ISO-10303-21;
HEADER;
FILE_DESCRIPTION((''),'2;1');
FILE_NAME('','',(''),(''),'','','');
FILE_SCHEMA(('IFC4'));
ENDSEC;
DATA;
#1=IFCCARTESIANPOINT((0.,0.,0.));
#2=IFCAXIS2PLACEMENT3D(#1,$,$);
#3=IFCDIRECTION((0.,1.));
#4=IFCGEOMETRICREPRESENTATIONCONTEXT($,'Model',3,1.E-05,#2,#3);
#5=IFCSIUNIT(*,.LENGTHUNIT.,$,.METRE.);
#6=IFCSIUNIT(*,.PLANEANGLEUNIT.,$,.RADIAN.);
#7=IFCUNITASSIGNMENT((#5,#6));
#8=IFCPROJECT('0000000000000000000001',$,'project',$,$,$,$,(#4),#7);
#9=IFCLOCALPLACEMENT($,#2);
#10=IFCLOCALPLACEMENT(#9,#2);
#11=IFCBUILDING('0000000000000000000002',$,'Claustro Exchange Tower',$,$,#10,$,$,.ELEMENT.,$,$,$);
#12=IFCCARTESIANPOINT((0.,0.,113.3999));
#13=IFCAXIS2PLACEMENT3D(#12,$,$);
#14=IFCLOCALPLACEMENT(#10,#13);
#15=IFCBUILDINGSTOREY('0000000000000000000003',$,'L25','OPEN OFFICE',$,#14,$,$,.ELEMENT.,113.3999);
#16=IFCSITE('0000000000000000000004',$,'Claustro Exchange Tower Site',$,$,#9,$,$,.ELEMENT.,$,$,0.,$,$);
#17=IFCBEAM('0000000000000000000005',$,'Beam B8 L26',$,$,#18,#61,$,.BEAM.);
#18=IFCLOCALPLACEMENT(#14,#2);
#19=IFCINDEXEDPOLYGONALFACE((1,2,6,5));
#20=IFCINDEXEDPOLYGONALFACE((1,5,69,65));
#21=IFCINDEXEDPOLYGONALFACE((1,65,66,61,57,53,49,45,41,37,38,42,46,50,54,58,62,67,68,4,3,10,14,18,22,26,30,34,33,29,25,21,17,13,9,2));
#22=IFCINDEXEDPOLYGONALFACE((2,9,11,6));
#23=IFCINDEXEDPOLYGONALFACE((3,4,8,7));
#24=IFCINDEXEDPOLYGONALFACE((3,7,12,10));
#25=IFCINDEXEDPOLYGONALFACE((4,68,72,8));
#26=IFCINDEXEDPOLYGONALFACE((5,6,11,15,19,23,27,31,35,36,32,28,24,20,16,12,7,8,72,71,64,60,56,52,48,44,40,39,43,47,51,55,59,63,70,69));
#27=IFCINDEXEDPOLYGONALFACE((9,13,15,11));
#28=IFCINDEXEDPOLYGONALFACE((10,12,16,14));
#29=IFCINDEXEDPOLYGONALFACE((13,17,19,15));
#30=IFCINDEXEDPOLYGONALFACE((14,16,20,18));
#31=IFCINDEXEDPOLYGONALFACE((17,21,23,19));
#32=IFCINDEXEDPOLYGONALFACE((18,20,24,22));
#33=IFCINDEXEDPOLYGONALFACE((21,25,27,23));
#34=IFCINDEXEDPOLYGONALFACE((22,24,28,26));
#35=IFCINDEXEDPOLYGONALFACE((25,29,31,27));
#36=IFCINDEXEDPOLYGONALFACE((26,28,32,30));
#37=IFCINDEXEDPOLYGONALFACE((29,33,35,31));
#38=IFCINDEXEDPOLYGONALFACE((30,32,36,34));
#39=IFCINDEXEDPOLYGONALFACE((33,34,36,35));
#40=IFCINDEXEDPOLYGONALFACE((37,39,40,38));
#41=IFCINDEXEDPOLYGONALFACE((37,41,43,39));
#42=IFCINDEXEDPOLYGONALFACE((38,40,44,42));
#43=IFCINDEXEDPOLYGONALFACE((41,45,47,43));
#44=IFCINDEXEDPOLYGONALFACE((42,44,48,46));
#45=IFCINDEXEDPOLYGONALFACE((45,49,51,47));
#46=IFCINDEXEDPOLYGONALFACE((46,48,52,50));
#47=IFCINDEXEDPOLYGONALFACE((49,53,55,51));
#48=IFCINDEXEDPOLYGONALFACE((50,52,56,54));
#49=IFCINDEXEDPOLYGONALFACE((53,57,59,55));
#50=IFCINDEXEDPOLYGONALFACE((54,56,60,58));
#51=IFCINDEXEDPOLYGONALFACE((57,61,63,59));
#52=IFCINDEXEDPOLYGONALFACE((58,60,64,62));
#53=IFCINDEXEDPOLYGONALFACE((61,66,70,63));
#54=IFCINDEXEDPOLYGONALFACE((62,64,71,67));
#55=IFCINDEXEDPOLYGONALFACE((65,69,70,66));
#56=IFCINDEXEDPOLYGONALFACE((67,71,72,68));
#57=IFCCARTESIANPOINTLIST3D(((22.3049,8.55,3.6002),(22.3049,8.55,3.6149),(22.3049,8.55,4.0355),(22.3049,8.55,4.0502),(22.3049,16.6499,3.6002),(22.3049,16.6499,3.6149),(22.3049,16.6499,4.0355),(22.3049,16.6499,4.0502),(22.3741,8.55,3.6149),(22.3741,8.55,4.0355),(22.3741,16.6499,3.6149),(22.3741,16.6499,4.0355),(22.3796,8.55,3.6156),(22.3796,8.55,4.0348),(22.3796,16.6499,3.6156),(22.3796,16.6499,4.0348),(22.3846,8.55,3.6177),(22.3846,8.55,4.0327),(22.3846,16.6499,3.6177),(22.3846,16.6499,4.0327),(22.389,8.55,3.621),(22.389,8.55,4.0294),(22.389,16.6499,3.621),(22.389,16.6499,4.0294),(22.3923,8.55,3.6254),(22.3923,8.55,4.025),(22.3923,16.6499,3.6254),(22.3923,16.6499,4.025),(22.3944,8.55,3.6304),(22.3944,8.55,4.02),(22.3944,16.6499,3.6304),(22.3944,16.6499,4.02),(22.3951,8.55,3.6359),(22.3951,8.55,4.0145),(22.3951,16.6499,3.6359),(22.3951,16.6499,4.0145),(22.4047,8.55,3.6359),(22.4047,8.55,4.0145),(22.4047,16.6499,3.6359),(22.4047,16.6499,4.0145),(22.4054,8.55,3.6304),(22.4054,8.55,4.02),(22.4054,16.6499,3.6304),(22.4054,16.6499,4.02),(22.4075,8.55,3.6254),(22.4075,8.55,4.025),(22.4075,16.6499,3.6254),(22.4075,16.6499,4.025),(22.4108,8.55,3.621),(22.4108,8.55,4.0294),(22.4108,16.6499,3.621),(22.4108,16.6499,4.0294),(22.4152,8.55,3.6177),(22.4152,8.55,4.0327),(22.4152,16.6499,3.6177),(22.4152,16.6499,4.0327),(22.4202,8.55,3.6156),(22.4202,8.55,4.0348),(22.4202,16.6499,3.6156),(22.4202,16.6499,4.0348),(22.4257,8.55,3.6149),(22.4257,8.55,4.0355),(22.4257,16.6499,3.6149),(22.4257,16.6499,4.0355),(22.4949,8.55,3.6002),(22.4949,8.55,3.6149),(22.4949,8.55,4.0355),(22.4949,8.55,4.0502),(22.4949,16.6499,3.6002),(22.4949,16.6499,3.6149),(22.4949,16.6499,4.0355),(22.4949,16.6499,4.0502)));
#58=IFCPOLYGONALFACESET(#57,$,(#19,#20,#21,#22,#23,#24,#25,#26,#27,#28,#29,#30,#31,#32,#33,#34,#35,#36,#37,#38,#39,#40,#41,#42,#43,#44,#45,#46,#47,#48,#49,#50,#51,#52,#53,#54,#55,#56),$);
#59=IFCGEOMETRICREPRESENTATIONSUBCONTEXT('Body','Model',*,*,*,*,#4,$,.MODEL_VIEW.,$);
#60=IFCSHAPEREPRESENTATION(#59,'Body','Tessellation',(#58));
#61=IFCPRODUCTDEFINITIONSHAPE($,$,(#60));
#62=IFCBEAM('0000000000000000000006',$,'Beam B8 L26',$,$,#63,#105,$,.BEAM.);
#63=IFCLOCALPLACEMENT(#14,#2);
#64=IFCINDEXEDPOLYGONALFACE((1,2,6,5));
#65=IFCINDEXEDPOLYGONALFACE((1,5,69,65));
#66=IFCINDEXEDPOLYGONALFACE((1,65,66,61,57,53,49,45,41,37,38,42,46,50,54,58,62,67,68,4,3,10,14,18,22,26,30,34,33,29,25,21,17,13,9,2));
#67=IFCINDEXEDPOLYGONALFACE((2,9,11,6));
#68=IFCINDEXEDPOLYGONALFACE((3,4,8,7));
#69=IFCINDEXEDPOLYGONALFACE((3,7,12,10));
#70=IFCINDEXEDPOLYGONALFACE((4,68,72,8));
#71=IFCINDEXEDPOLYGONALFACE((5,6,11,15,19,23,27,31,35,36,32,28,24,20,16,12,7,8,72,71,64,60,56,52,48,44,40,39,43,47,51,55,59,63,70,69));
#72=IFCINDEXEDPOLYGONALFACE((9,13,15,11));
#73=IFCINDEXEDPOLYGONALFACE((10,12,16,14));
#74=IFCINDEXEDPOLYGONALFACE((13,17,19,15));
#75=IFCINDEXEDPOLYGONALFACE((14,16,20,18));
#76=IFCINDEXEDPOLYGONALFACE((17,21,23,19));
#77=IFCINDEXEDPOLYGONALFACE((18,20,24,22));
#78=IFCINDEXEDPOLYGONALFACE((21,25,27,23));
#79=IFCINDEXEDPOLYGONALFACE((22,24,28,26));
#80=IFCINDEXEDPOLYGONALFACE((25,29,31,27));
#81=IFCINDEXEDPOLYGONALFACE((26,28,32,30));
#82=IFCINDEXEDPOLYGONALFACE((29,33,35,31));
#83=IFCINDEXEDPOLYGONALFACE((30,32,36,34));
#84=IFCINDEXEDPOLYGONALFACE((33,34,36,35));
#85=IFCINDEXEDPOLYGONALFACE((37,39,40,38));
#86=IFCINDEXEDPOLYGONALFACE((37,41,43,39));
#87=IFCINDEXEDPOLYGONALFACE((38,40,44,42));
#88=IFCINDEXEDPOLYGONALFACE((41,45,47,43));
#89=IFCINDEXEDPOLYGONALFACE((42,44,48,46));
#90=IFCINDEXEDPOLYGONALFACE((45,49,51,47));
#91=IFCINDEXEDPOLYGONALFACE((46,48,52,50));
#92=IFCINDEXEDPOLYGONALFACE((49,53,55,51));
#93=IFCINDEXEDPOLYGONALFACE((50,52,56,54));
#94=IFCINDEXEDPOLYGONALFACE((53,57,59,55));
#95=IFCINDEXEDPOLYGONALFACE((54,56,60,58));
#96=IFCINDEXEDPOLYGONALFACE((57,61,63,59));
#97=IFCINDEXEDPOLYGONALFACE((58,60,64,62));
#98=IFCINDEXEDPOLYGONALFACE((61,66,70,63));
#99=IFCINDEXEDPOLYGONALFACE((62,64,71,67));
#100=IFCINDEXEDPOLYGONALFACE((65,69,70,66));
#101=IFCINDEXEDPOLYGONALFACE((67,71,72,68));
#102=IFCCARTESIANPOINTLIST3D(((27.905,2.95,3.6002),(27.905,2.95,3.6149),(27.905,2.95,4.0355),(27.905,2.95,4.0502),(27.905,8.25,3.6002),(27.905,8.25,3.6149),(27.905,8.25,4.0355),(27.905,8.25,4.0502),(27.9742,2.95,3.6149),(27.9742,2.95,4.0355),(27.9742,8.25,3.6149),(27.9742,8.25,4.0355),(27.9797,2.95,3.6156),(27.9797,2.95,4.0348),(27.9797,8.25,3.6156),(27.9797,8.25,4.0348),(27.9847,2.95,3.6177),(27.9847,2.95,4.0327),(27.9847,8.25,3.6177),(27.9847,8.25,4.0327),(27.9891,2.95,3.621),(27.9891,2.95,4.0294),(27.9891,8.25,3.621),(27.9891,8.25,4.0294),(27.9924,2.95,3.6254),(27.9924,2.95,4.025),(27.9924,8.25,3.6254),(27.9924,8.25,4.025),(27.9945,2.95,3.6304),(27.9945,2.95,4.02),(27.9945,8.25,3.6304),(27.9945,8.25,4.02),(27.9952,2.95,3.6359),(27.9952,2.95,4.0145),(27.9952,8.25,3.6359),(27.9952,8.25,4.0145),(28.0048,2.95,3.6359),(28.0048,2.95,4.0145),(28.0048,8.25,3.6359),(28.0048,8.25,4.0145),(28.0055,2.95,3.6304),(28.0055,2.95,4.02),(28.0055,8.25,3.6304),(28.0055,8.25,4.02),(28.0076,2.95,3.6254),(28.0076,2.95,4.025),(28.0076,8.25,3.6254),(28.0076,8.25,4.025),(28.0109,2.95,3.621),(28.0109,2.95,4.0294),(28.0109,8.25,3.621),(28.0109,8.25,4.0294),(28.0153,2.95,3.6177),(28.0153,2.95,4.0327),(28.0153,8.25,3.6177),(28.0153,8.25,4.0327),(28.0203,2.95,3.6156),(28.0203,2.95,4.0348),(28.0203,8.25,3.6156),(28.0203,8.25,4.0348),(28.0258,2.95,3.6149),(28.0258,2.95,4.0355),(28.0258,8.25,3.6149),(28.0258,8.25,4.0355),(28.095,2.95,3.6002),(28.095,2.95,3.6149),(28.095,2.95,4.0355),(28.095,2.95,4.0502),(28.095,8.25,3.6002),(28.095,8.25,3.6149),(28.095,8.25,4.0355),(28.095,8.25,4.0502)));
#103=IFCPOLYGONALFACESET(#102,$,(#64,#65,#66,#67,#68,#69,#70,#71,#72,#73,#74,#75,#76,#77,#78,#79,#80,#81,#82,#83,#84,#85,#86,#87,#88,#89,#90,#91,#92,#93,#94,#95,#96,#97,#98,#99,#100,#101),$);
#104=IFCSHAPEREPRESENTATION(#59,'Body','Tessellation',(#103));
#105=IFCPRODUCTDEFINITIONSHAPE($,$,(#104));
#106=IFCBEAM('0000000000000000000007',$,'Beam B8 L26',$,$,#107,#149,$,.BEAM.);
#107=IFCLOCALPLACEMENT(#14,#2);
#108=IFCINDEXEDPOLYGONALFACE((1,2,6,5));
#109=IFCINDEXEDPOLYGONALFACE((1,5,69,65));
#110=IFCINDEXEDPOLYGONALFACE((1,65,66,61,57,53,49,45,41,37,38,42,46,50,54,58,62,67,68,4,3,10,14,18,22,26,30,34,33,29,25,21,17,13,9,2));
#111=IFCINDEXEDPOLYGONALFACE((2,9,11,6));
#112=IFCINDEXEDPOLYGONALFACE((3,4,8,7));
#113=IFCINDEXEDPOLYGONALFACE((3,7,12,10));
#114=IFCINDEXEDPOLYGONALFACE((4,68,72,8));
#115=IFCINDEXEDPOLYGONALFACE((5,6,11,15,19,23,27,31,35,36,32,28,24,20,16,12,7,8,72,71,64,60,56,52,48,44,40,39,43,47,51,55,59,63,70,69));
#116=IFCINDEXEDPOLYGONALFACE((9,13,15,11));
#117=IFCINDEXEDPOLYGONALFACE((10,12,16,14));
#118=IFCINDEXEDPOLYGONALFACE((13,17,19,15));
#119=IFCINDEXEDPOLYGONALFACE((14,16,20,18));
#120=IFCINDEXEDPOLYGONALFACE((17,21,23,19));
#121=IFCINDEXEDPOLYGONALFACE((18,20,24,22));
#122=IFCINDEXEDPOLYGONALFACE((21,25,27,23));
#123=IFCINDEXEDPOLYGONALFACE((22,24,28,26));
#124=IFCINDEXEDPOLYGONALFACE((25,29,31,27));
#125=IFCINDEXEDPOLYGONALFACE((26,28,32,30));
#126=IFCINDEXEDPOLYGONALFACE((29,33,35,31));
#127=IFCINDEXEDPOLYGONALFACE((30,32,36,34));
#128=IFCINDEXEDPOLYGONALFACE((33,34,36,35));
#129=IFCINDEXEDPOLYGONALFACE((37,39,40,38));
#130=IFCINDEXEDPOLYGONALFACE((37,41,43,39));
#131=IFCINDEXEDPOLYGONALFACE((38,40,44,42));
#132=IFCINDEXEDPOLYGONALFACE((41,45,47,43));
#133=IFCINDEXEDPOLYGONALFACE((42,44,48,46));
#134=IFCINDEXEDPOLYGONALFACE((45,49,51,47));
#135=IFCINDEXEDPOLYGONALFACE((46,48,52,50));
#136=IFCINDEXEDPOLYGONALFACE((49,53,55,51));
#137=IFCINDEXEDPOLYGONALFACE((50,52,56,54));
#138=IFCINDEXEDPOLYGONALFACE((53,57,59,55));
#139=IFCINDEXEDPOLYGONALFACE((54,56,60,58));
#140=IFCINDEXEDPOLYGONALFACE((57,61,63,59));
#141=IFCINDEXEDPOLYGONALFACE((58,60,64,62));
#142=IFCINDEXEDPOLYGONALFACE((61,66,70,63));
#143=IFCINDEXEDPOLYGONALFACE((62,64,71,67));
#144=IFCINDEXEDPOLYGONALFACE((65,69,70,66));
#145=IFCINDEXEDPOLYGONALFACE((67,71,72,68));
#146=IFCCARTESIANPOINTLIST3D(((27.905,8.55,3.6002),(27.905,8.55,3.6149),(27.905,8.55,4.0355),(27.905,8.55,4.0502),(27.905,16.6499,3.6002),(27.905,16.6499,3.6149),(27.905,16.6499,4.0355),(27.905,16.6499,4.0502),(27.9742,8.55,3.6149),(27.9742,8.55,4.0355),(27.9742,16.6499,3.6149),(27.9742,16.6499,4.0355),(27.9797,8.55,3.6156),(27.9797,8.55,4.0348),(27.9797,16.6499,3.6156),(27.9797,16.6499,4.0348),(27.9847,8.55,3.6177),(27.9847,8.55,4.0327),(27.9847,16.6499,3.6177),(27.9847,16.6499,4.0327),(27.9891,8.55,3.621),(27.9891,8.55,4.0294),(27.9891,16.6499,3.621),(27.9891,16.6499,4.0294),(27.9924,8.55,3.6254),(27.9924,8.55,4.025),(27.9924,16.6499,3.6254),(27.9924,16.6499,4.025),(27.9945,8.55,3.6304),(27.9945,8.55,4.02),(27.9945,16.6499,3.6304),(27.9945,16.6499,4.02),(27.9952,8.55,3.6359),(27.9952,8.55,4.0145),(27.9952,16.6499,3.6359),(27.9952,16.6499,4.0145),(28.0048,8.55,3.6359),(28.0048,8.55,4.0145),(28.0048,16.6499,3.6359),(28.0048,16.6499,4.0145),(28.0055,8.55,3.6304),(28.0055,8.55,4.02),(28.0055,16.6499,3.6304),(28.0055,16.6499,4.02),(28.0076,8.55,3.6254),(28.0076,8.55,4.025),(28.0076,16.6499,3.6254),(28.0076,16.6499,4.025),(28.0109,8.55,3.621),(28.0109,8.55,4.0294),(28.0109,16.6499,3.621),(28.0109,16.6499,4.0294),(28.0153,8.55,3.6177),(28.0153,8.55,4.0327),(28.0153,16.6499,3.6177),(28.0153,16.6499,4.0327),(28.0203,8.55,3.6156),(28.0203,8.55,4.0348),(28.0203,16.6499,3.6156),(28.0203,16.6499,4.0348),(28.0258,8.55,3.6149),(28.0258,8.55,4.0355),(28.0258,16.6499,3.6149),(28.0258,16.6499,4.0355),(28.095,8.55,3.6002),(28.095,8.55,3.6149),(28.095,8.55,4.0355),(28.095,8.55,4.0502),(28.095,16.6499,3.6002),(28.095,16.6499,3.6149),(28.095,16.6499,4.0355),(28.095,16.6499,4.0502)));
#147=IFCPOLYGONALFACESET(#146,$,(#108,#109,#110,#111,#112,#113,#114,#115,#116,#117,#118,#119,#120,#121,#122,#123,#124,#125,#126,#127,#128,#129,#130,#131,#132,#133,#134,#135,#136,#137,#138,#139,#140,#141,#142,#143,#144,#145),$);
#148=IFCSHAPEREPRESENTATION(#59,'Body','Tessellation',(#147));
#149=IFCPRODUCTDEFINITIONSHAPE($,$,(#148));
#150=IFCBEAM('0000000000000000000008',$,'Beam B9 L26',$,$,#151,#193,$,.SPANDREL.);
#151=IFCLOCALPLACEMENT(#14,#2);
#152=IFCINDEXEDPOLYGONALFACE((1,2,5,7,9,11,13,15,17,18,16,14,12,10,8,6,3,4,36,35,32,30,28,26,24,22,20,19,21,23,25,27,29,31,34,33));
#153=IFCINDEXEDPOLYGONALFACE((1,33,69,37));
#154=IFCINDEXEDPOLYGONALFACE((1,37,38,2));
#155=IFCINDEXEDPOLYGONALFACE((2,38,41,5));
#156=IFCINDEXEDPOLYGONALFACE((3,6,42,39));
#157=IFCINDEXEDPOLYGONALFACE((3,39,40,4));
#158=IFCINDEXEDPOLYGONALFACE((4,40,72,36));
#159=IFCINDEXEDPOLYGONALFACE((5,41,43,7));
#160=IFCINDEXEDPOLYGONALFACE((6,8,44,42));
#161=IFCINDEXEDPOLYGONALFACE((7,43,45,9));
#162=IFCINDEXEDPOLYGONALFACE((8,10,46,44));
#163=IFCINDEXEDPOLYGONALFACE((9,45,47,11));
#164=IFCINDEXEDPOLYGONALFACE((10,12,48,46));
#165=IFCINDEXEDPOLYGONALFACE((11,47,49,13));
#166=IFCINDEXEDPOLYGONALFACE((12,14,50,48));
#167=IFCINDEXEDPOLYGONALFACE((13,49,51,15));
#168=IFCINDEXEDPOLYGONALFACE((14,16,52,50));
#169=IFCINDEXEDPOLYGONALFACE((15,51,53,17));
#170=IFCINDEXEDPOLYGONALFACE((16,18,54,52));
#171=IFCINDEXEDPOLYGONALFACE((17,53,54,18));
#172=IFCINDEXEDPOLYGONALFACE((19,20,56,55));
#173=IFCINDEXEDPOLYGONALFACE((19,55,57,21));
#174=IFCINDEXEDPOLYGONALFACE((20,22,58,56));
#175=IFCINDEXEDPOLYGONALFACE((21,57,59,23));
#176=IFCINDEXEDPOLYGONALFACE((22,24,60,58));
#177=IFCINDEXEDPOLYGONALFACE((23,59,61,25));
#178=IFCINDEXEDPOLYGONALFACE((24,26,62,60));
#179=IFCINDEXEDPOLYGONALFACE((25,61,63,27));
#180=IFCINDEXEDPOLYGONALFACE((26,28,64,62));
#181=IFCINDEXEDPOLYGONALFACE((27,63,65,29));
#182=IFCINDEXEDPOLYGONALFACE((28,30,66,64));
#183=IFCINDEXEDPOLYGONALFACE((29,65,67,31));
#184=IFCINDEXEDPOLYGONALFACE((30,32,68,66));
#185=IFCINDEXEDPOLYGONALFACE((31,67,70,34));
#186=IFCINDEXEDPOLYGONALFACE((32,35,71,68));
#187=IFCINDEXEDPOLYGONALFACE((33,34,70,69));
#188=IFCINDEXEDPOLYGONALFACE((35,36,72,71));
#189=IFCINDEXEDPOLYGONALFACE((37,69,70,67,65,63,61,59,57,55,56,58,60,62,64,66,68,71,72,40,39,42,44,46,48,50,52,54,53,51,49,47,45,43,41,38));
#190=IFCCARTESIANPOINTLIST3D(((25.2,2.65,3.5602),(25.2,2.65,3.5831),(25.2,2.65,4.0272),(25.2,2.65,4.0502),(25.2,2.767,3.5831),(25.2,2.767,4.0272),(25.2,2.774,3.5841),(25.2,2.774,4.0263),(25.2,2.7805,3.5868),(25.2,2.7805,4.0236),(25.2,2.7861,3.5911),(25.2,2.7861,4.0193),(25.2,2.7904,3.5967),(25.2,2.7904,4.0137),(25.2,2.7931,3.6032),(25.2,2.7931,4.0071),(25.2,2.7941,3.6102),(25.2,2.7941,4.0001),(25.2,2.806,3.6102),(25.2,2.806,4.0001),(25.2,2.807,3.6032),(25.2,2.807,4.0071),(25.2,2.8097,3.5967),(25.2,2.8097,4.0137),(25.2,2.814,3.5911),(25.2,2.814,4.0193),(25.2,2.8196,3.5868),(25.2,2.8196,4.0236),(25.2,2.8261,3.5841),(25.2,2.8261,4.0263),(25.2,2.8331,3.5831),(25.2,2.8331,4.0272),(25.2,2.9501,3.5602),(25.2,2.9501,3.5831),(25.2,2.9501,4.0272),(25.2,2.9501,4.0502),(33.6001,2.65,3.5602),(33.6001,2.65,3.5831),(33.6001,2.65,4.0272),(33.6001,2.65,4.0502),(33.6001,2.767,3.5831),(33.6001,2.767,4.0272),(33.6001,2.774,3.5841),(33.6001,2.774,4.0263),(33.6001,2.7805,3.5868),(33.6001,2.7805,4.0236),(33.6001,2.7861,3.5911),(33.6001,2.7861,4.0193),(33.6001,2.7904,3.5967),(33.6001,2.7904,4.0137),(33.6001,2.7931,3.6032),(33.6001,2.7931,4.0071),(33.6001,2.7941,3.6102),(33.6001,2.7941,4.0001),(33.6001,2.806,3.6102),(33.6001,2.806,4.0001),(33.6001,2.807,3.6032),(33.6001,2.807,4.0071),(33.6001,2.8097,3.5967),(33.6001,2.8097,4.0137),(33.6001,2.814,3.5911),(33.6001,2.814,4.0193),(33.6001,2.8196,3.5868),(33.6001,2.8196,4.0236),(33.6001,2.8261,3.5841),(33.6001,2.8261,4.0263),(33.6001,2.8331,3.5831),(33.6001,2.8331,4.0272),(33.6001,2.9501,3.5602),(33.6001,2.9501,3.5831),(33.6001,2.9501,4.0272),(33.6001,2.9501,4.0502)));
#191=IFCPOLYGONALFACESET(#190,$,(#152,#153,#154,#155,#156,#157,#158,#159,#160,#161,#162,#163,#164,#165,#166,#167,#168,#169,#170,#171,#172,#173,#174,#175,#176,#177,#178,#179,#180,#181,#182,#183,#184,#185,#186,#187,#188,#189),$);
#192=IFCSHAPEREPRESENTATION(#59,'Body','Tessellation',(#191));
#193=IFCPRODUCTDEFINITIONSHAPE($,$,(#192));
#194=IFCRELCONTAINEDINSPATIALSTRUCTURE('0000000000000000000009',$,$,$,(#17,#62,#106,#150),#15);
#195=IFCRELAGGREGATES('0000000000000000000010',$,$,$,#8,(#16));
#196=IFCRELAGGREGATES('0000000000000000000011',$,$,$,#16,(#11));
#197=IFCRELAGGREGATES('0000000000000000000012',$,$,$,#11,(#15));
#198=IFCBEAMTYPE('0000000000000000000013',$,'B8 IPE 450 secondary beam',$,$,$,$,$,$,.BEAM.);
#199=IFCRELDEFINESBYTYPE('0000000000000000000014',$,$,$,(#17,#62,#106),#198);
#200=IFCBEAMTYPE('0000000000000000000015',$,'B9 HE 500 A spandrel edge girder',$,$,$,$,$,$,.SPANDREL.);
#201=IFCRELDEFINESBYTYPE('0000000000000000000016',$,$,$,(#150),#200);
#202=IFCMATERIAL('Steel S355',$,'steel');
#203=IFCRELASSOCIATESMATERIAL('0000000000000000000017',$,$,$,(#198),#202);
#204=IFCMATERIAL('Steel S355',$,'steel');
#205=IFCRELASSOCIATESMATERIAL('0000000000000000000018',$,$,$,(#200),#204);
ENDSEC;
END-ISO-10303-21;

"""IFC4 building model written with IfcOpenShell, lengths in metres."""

from ifc_helpers import new_model, si_unit, direction, frame, origin, origin_2d, place, context, subcontext, project, spatial, i_section, extrude, material, material_profile, profile_set, type_object, element, save


model = new_model("IFC4")

# Units and contexts
model_context = context("Model", 3, precision=1e-05, world=origin(), true_north=direction((0.0, 1.0)))
body_context = subcontext(model_context, "Body", "Model", "MODEL_VIEW")
ifc_project = project(units=[si_unit("LENGTHUNIT", "METRE"), si_unit("PLANEANGLEUNIT", "RADIAN")], contexts=[model_context])

# Site, building, storey
site_placement = place(None, origin())
site = spatial("IfcSite", under=ifc_project, at=site_placement, Name="Claustro Exchange Tower Site", CompositionType="ELEMENT", RefElevation=0.0)
building_placement = place(site_placement, origin())
building = spatial("IfcBuilding", under=site, at=building_placement, Name="Claustro Exchange Tower", CompositionType="ELEMENT")
storey_placement = place(building_placement, frame((0.0, 0.0, 113.3999)))
storey = spatial("IfcBuildingStorey", under=building, at=storey_placement, Name="L25", Description="OPEN OFFICE", CompositionType="ELEMENT", Elevation=113.3999)

# Beams
ifc_material_1 = material(Name="Steel S355", Category="steel")
ifc_material_profile_1 = material_profile(ifc_material_1, i_section(OverallWidth=0.1899, OverallDepth=0.45, WebThickness=0.0095, FlangeThickness=0.0146, FilletRadius=0.021, at=origin_2d()), Name="IPE 450")
ifc_profile_set_1 = profile_set([ifc_material_profile_1], Name="Steel S355")
beam_type_1 = type_object("IfcBeamType", Name="B8 IPE 450 secondary beam", PredefinedType="BEAM", material=ifc_profile_set_1)
for number, where, z_axis, x_axis, name in (
    (1, (22.3999, 8.55, 3.8252), (0.0, 1.0, 0.0), (-1.0, 0.0, 0.0), "Beam B8 L26"),
):
    element("IfcBeam", number, at=place(storey_placement, frame(where, z_axis=z_axis, x_axis=x_axis)), inside=storey, type_object=beam_type_1, Name=name, PredefinedType="BEAM", context=body_context, shape_type="SweptSolid", body=[
        extrude(i_section(OverallWidth=0.1899, OverallDepth=0.45, WebThickness=0.0095, FlangeThickness=0.0146, FilletRadius=0.021, at=origin_2d()), origin(), (0.0, 0.0, 1.0), 8.0999),
    ])
beam_1_placement = place(storey_placement, frame((28.0, 2.95, 3.8252), z_axis=(0.0, 1.0, 0.0), x_axis=(-1.0, 0.0, 0.0)))
element("IfcBeam", 2, at=beam_1_placement, inside=storey, type_object=beam_type_1, Name="Beam B8 L26", PredefinedType="BEAM", context=body_context, shape_type="SweptSolid", body=[
    extrude(i_section(OverallWidth=0.1899, OverallDepth=0.45, WebThickness=0.0095, FlangeThickness=0.0146, FilletRadius=0.021, at=origin_2d()), origin(), (0.0, 0.0, 1.0), 5.3),
])
beam_2_placement = place(storey_placement, frame((28.0, 8.55, 3.8252), z_axis=(0.0, 1.0, 0.0), x_axis=(-1.0, 0.0, 0.0)))
element("IfcBeam", 3, at=beam_2_placement, inside=storey, type_object=beam_type_1, Name="Beam B8 L26", PredefinedType="BEAM", context=body_context, shape_type="SweptSolid", body=[
    extrude(i_section(OverallWidth=0.1899, OverallDepth=0.45, WebThickness=0.0095, FlangeThickness=0.0146, FilletRadius=0.021, at=origin_2d()), origin(), (0.0, 0.0, 1.0), 8.0999),
])
ifc_material_2 = material(Name="Steel S355", Category="steel")
ifc_material_profile_2 = material_profile(ifc_material_2, i_section(OverallWidth=0.3, OverallDepth=0.49, WebThickness=0.012, FlangeThickness=0.0229, FilletRadius=0.0271, at=origin_2d()), Name="HE 500 A")
ifc_profile_set_2 = profile_set([ifc_material_profile_2], Name="Steel S355")
beam_type_2 = type_object("IfcBeamType", Name="B9 HE 500 A spandrel edge girder", PredefinedType="SPANDREL", material=ifc_profile_set_2)
beam_3_placement = place(storey_placement, frame((25.2, 2.8, 3.8052), z_axis=(1.0, 0.0, 0.0), x_axis=(0.0, 1.0, 0.0)))
element("IfcBeam", 4, at=beam_3_placement, inside=storey, type_object=beam_type_2, Name="Beam B9 L26", PredefinedType="SPANDREL", context=body_context, shape_type="SweptSolid", body=[
    extrude(i_section(OverallWidth=0.3, OverallDepth=0.49, WebThickness=0.012, FlangeThickness=0.0229, FilletRadius=0.0271, at=origin_2d()), origin(), (0.0, 0.0, 1.0), 8.4001),
])

save(model, "model.ifc")
